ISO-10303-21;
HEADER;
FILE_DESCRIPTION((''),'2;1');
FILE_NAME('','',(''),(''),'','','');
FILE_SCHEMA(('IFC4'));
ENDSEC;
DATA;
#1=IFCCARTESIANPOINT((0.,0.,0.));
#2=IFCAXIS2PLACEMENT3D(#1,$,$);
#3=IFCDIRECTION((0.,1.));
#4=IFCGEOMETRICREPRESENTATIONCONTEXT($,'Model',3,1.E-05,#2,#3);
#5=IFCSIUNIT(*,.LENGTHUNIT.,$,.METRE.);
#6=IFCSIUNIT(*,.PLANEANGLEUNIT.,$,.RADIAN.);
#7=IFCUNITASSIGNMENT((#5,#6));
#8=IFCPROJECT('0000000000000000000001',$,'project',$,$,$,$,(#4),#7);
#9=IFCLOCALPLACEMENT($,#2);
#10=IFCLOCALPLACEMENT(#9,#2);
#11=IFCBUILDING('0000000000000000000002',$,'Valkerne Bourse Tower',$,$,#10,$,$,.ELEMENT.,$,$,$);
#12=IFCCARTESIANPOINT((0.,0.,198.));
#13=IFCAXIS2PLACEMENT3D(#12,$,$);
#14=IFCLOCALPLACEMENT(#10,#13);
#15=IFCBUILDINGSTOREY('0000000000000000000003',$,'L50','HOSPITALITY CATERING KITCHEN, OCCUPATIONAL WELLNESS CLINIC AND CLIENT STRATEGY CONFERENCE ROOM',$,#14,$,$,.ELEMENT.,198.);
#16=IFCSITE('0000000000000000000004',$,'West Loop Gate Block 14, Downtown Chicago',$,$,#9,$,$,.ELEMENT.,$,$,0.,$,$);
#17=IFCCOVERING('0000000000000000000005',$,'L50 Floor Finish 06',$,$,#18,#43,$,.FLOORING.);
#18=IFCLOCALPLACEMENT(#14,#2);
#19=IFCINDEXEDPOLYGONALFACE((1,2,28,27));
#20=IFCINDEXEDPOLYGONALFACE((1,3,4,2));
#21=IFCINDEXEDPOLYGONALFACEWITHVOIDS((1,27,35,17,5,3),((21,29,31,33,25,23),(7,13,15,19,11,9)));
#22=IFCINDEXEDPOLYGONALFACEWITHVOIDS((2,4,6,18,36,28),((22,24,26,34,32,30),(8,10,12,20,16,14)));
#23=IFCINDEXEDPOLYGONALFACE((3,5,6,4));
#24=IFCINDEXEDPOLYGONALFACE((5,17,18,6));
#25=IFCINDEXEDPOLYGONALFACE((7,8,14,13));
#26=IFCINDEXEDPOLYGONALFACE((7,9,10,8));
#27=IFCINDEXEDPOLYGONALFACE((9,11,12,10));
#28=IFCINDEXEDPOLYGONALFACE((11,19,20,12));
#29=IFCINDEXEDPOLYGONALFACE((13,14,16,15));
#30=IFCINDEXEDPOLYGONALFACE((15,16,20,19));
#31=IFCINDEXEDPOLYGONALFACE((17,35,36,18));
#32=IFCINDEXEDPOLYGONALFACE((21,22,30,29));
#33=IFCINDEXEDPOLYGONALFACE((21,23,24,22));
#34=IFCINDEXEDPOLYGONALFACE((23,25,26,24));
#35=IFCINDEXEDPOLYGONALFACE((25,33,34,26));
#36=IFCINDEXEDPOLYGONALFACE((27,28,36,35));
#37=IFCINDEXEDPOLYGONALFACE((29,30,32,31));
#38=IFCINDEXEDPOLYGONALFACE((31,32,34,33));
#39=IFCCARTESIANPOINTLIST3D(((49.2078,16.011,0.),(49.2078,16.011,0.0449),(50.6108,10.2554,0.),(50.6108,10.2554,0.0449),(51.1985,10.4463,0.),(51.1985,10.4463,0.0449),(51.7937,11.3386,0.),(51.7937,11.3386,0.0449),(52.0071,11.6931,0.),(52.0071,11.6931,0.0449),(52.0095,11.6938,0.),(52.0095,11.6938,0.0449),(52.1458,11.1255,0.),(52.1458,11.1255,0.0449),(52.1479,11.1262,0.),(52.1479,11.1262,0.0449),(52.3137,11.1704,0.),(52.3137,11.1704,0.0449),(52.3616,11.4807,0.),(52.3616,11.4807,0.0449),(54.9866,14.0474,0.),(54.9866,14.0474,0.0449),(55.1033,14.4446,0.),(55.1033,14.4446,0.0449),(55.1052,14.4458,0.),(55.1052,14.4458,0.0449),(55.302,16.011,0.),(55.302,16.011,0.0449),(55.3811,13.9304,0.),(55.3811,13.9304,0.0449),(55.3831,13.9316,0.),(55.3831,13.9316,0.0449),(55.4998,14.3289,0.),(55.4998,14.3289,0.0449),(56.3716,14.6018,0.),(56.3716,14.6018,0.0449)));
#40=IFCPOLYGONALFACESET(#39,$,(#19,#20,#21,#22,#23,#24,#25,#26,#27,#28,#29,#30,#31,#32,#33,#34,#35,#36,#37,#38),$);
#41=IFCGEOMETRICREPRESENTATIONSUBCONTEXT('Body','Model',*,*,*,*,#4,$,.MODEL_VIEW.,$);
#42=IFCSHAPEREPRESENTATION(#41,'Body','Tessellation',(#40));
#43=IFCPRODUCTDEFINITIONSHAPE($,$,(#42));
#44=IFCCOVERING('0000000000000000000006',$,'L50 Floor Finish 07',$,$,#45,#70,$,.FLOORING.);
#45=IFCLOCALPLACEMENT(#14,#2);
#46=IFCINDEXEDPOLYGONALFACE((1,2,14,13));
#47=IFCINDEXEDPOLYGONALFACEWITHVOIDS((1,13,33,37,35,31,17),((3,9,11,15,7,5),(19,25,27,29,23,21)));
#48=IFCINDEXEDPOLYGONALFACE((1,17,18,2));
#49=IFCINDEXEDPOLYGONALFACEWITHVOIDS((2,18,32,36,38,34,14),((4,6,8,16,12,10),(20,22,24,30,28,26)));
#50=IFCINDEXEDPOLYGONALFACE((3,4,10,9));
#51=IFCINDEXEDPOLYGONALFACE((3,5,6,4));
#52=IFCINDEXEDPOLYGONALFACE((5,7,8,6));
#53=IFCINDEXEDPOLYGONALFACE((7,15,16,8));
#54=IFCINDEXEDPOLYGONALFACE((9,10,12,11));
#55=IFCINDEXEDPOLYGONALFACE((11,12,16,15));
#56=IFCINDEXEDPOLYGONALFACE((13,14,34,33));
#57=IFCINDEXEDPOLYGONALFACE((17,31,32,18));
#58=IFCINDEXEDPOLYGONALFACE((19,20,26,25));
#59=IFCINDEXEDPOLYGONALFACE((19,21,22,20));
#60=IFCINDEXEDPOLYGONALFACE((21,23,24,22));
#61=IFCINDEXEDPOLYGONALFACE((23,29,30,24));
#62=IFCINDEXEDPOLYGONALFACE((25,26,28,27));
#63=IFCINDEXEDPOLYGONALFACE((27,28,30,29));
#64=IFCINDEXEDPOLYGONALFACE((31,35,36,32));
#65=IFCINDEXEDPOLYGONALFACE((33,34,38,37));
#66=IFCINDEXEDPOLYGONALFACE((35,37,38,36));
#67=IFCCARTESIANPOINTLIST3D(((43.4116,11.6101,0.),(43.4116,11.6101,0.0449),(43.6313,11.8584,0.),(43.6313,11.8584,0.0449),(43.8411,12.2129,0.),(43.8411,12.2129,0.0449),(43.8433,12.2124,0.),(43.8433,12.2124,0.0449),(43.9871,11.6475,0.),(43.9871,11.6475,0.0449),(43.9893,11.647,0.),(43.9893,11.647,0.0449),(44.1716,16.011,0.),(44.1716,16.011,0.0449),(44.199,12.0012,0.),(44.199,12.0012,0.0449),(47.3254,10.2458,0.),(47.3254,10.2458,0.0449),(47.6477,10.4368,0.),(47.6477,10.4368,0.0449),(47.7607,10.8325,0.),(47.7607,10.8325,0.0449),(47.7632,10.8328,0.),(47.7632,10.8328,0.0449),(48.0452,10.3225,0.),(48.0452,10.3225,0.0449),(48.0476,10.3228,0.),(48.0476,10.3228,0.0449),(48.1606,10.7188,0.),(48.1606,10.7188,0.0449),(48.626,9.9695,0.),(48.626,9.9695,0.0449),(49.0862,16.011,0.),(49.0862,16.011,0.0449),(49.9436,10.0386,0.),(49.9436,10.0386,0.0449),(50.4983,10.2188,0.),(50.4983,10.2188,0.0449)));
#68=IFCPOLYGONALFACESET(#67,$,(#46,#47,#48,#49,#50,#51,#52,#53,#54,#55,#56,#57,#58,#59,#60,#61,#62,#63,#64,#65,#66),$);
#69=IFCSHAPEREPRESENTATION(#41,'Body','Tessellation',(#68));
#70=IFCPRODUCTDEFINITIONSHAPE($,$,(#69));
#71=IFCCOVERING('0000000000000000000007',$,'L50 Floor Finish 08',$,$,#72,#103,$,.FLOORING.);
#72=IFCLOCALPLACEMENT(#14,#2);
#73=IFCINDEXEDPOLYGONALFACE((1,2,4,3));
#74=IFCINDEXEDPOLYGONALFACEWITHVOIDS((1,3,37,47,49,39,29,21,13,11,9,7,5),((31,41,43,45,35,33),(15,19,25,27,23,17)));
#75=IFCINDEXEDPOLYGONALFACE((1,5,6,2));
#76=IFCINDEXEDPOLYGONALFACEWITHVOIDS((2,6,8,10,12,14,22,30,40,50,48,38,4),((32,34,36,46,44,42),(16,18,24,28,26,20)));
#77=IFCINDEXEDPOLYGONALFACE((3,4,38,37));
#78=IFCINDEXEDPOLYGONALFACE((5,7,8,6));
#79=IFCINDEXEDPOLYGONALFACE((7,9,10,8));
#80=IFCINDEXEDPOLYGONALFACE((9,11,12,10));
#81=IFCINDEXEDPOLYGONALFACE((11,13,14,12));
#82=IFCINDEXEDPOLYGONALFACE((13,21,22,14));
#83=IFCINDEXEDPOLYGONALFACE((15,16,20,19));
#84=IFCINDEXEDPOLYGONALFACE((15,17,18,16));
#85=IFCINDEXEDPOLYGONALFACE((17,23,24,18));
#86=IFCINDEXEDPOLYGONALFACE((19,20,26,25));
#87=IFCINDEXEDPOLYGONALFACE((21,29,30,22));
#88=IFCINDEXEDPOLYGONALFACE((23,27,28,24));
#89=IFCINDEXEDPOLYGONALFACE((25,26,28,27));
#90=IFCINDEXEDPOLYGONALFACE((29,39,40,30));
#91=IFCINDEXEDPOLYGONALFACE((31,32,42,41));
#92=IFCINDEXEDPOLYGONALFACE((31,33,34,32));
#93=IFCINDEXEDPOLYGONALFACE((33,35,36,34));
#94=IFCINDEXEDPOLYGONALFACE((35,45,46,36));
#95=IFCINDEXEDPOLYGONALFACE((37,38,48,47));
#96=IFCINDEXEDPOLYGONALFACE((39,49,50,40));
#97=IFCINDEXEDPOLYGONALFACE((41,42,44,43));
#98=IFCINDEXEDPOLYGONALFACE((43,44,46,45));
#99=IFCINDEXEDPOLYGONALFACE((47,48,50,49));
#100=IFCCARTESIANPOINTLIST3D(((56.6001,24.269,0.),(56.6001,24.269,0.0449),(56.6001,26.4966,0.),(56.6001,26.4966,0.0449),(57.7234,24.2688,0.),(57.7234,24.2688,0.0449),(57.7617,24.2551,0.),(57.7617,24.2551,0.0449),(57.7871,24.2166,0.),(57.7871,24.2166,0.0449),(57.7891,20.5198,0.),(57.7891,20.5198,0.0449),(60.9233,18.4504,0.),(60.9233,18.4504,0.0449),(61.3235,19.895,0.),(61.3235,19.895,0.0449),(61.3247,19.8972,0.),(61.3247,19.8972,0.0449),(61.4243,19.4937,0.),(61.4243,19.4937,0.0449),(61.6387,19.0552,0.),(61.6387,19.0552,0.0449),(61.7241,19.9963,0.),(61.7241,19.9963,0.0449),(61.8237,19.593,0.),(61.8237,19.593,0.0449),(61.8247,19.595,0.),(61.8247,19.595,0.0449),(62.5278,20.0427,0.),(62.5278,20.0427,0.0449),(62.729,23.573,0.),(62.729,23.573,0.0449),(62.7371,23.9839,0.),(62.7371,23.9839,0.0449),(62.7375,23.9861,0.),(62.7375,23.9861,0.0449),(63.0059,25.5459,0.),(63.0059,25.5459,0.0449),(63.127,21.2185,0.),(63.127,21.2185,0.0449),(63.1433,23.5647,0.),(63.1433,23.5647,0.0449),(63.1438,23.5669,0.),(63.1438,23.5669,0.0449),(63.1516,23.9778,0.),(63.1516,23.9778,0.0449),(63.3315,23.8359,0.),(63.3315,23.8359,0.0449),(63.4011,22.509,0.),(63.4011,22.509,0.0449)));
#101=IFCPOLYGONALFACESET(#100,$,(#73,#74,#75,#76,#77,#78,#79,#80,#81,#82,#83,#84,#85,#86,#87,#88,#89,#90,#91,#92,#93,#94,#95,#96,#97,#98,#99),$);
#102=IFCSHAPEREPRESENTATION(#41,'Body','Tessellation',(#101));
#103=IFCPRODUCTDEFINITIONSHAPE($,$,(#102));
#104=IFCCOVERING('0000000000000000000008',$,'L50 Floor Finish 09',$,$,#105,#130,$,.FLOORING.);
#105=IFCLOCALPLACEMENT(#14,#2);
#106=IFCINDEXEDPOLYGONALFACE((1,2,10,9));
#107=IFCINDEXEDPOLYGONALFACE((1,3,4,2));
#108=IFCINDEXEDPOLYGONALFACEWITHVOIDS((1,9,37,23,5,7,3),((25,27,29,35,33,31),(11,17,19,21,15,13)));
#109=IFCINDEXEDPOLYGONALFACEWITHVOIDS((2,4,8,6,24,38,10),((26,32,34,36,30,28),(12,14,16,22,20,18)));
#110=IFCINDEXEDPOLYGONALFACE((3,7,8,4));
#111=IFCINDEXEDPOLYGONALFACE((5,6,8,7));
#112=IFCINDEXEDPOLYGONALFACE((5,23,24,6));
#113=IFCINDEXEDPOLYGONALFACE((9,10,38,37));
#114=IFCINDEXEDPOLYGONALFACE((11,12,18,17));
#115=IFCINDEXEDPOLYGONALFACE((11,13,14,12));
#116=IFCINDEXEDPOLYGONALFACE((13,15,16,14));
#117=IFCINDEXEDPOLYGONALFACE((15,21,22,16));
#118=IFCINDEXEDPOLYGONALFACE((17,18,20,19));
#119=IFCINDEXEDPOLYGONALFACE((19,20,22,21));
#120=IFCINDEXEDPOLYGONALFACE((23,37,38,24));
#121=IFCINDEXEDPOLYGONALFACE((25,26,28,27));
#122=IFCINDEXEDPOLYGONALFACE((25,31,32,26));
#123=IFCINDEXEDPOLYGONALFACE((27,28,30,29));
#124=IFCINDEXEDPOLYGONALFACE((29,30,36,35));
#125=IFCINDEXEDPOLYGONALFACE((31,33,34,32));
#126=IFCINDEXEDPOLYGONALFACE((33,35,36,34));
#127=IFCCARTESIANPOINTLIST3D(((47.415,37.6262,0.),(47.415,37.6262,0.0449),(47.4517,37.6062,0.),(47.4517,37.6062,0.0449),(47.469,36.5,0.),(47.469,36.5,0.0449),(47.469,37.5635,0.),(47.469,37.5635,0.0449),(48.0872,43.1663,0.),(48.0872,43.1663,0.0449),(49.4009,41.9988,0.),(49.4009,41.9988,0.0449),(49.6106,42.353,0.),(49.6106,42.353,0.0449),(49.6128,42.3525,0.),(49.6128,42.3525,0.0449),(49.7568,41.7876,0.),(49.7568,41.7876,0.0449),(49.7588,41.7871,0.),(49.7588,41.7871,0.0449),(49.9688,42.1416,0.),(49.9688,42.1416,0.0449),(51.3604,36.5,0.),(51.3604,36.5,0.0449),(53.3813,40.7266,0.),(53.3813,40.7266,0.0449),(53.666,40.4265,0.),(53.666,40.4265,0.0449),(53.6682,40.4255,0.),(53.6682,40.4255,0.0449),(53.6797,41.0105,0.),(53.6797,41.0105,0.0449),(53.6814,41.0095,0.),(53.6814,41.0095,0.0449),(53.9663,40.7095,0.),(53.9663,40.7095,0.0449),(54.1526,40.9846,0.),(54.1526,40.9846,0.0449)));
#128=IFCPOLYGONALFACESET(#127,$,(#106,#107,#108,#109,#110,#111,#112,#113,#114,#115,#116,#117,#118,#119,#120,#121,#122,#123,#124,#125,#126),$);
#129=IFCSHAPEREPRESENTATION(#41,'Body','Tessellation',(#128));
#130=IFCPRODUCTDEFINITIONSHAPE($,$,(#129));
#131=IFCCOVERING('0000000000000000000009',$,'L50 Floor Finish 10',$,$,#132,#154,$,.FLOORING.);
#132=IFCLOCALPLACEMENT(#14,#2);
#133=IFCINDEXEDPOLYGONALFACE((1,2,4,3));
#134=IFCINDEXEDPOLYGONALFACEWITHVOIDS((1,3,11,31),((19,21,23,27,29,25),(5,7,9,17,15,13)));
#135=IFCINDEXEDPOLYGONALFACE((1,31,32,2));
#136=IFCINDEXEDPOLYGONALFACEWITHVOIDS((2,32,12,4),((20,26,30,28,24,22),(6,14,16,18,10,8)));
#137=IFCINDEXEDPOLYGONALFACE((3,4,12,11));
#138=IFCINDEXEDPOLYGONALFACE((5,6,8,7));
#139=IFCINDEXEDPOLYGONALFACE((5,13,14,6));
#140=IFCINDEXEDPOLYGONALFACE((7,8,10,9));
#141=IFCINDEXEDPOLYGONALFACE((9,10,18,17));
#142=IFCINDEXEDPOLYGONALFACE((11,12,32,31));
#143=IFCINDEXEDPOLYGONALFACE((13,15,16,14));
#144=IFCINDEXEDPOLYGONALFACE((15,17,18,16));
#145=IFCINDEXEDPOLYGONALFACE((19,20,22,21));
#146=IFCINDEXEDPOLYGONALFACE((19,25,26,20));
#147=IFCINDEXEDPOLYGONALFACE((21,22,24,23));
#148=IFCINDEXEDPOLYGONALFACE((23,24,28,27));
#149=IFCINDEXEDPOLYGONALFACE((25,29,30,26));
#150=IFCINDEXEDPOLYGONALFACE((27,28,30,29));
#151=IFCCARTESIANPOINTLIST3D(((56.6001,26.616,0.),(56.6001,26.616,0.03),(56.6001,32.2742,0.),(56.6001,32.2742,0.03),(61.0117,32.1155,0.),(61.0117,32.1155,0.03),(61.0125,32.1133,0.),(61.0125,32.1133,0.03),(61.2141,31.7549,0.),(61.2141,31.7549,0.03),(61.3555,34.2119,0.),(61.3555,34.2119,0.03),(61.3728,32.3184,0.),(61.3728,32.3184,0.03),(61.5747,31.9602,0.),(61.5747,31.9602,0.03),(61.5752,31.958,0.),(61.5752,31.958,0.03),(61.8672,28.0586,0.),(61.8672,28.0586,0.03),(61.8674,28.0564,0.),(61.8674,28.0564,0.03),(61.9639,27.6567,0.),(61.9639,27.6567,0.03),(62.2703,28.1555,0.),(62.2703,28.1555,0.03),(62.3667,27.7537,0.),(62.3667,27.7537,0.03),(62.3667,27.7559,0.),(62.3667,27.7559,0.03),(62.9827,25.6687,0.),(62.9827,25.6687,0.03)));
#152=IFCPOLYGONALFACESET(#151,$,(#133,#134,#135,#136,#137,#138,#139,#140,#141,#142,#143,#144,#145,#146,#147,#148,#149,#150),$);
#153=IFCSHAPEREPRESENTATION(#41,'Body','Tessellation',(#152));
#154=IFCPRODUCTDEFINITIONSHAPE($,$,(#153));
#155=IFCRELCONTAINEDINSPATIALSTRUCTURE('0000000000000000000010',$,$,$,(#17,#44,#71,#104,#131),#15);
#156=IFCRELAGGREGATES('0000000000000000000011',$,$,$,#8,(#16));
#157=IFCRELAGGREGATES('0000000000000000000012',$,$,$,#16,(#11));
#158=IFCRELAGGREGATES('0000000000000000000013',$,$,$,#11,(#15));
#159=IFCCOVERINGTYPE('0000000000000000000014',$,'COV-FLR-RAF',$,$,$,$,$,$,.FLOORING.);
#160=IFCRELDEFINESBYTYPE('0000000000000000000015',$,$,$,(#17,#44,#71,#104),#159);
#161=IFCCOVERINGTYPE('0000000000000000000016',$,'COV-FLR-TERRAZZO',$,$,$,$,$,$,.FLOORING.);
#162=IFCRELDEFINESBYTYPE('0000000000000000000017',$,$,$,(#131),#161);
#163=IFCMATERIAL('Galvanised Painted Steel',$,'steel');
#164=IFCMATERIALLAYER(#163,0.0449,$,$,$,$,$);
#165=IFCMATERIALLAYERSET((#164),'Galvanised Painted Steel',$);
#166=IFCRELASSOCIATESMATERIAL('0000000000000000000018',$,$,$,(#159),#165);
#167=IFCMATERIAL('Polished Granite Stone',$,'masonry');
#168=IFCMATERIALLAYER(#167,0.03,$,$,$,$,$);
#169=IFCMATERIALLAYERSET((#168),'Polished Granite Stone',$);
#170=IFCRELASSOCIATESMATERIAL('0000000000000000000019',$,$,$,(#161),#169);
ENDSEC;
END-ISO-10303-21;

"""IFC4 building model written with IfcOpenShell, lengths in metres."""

from ifc_helpers import new_model, si_unit, direction, frame, origin, place, context, subcontext, project, spatial, polyline, outline, extrude, material, layer, layer_set, type_object, element, save


model = new_model("IFC4")

# Units and contexts
model_context = context("Model", 3, precision=1e-05, world=origin(), true_north=direction((0.0, 1.0)))
body_context = subcontext(model_context, "Body", "Model", "MODEL_VIEW")
ifc_project = project(units=[si_unit("LENGTHUNIT", "METRE"), si_unit("PLANEANGLEUNIT", "RADIAN")], contexts=[model_context])

# Site, building, storey
site_placement = place(None, origin())
site = spatial("IfcSite", under=ifc_project, at=site_placement, Name="West Loop Gate Block 14, Downtown Chicago", CompositionType="ELEMENT", RefElevation=0.0)
building_placement = place(site_placement, origin())
building = spatial("IfcBuilding", under=site, at=building_placement, Name="Valkerne Bourse Tower", CompositionType="ELEMENT")
storey_placement = place(building_placement, frame((0.0, 0.0, 198.0)))
storey = spatial("IfcBuildingStorey", under=building, at=storey_placement, Name="L50", Description="HOSPITALITY CATERING KITCHEN, OCCUPATIONAL WELLNESS CLINIC AND CLIENT STRATEGY CONFERENCE ROOM", CompositionType="ELEMENT", Elevation=198.0)

# Coverings
ifc_material_1 = material(Name="Galvanised Painted Steel", Category="steel")
ifc_layer_1 = layer(ifc_material_1, 0.0449)
ifc_layer_set_1 = layer_set([ifc_layer_1], Name="Galvanised Painted Steel")
covering_type_1 = type_object("IfcCoveringType", Name="COV-FLR-RAF", PredefinedType="FLOORING", material=ifc_layer_set_1)
covering_1_placement = place(storey_placement, origin())
element("IfcCovering", 1, at=covering_1_placement, inside=storey, type_object=covering_type_1, Name="L50 Floor Finish 06", PredefinedType="FLOORING", context=body_context, shape_type="SweptSolid", body=[
    extrude(outline(polyline([(50.6108, 10.2554), (49.2078, 16.011), (55.302, 16.011), (56.3716, 14.6018), (52.3137, 11.1704), (51.1985, 10.4463), (50.6108, 10.2554)]), holes=[polyline([(52.3616, 11.4807), (52.0095, 11.6938), (52.0071, 11.6931), (51.7937, 11.3386), (52.1458, 11.1255), (52.1479, 11.1262), (52.3616, 11.4807)]), polyline([(55.4998, 14.3289), (55.1052, 14.4458), (55.1033, 14.4446), (54.9866, 14.0474), (55.3811, 13.9304), (55.3831, 13.9316), (55.4998, 14.3289)])]), origin(), (0.0, 0.0, 1.0), 0.0449),
])
covering_2_placement = place(storey_placement, origin())
element("IfcCovering", 2, at=covering_2_placement, inside=storey, type_object=covering_type_1, Name="L50 Floor Finish 07", PredefinedType="FLOORING", context=body_context, shape_type="SweptSolid", body=[
    extrude(outline(polyline([(47.3254, 10.2458), (43.4116, 11.6101), (44.1716, 16.011), (49.0862, 16.011), (50.4983, 10.2188), (49.9436, 10.0386), (48.626, 9.9695), (47.3254, 10.2458)]), holes=[polyline([(43.8433, 12.2124), (43.8411, 12.2129), (43.6313, 11.8584), (43.9871, 11.6475), (43.9893, 11.647), (44.199, 12.0012), (43.8433, 12.2124)]), polyline([(48.1606, 10.7188), (47.7632, 10.8328), (47.7607, 10.8325), (47.6477, 10.4368), (48.0452, 10.3225), (48.0476, 10.3228), (48.1606, 10.7188)])]), origin(), (0.0, 0.0, 1.0), 0.0449),
])
covering_3_placement = place(storey_placement, origin())
element("IfcCovering", 3, at=covering_3_placement, inside=storey, type_object=covering_type_1, Name="L50 Floor Finish 08", PredefinedType="FLOORING", context=body_context, shape_type="SweptSolid", body=[
    extrude(outline(polyline([(62.5278, 20.0427), (61.6387, 19.0552), (60.9233, 18.4504), (57.7891, 20.5198), (57.7871, 24.2166), (57.7617, 24.2551), (57.7234, 24.2688), (56.6001, 24.269), (56.6001, 26.4966), (63.0059, 25.5459), (63.3315, 23.8359), (63.4011, 22.509), (63.127, 21.2185), (62.5278, 20.0427)]), holes=[polyline([(61.8247, 19.595), (61.7241, 19.9963), (61.3247, 19.8972), (61.3235, 19.895), (61.4243, 19.4937), (61.8237, 19.593), (61.8247, 19.595)]), polyline([(63.1516, 23.9778), (62.7375, 23.9861), (62.7371, 23.9839), (62.729, 23.573), (63.1433, 23.5647), (63.1438, 23.5669), (63.1516, 23.9778)])]), origin(), (0.0, 0.0, 1.0), 0.0449),
])
covering_4_placement = place(storey_placement, origin())
element("IfcCovering", 4, at=covering_4_placement, inside=storey, type_object=covering_type_1, Name="L50 Floor Finish 09", PredefinedType="FLOORING", context=body_context, shape_type="SweptSolid", body=[
    extrude(outline(polyline([(47.469, 37.5635), (47.4517, 37.6062), (47.415, 37.6262), (48.0872, 43.1663), (54.1526, 40.9846), (51.3604, 36.5), (47.469, 36.5), (47.469, 37.5635)]), holes=[polyline([(53.6814, 41.0095), (53.6797, 41.0105), (53.3813, 40.7266), (53.666, 40.4265), (53.6682, 40.4255), (53.9663, 40.7095), (53.6814, 41.0095)]), polyline([(49.9688, 42.1416), (49.6128, 42.3525), (49.6106, 42.353), (49.4009, 41.9988), (49.7568, 41.7876), (49.7588, 41.7871), (49.9688, 42.1416)])]), origin(), (0.0, 0.0, 1.0), 0.0449),
])
ifc_material_2 = material(Name="Polished Granite Stone", Category="masonry")
ifc_layer_2 = layer(ifc_material_2, 0.03)
ifc_layer_set_2 = layer_set([ifc_layer_2], Name="Polished Granite Stone")
covering_type_2 = type_object("IfcCoveringType", Name="COV-FLR-TERRAZZO", PredefinedType="FLOORING", material=ifc_layer_set_2)
covering_5_placement = place(storey_placement, origin())
element("IfcCovering", 5, at=covering_5_placement, inside=storey, type_object=covering_type_2, Name="L50 Floor Finish 10", PredefinedType="FLOORING", context=body_context, shape_type="SweptSolid", body=[
    extrude(outline(polyline([(61.3555, 34.2119), (62.9827, 25.6687), (56.6001, 26.616), (56.6001, 32.2742), (61.3555, 34.2119)]), holes=[polyline([(62.3667, 27.7559), (62.2703, 28.1555), (61.8672, 28.0586), (61.8674, 28.0564), (61.9639, 27.6567), (62.3667, 27.7537), (62.3667, 27.7559)]), polyline([(61.5747, 31.9602), (61.3728, 32.3184), (61.0117, 32.1155), (61.0125, 32.1133), (61.2141, 31.7549), (61.5752, 31.958), (61.5747, 31.9602)])]), origin(), (0.0, 0.0, 1.0), 0.03),
])

save(model, "model.ifc")
